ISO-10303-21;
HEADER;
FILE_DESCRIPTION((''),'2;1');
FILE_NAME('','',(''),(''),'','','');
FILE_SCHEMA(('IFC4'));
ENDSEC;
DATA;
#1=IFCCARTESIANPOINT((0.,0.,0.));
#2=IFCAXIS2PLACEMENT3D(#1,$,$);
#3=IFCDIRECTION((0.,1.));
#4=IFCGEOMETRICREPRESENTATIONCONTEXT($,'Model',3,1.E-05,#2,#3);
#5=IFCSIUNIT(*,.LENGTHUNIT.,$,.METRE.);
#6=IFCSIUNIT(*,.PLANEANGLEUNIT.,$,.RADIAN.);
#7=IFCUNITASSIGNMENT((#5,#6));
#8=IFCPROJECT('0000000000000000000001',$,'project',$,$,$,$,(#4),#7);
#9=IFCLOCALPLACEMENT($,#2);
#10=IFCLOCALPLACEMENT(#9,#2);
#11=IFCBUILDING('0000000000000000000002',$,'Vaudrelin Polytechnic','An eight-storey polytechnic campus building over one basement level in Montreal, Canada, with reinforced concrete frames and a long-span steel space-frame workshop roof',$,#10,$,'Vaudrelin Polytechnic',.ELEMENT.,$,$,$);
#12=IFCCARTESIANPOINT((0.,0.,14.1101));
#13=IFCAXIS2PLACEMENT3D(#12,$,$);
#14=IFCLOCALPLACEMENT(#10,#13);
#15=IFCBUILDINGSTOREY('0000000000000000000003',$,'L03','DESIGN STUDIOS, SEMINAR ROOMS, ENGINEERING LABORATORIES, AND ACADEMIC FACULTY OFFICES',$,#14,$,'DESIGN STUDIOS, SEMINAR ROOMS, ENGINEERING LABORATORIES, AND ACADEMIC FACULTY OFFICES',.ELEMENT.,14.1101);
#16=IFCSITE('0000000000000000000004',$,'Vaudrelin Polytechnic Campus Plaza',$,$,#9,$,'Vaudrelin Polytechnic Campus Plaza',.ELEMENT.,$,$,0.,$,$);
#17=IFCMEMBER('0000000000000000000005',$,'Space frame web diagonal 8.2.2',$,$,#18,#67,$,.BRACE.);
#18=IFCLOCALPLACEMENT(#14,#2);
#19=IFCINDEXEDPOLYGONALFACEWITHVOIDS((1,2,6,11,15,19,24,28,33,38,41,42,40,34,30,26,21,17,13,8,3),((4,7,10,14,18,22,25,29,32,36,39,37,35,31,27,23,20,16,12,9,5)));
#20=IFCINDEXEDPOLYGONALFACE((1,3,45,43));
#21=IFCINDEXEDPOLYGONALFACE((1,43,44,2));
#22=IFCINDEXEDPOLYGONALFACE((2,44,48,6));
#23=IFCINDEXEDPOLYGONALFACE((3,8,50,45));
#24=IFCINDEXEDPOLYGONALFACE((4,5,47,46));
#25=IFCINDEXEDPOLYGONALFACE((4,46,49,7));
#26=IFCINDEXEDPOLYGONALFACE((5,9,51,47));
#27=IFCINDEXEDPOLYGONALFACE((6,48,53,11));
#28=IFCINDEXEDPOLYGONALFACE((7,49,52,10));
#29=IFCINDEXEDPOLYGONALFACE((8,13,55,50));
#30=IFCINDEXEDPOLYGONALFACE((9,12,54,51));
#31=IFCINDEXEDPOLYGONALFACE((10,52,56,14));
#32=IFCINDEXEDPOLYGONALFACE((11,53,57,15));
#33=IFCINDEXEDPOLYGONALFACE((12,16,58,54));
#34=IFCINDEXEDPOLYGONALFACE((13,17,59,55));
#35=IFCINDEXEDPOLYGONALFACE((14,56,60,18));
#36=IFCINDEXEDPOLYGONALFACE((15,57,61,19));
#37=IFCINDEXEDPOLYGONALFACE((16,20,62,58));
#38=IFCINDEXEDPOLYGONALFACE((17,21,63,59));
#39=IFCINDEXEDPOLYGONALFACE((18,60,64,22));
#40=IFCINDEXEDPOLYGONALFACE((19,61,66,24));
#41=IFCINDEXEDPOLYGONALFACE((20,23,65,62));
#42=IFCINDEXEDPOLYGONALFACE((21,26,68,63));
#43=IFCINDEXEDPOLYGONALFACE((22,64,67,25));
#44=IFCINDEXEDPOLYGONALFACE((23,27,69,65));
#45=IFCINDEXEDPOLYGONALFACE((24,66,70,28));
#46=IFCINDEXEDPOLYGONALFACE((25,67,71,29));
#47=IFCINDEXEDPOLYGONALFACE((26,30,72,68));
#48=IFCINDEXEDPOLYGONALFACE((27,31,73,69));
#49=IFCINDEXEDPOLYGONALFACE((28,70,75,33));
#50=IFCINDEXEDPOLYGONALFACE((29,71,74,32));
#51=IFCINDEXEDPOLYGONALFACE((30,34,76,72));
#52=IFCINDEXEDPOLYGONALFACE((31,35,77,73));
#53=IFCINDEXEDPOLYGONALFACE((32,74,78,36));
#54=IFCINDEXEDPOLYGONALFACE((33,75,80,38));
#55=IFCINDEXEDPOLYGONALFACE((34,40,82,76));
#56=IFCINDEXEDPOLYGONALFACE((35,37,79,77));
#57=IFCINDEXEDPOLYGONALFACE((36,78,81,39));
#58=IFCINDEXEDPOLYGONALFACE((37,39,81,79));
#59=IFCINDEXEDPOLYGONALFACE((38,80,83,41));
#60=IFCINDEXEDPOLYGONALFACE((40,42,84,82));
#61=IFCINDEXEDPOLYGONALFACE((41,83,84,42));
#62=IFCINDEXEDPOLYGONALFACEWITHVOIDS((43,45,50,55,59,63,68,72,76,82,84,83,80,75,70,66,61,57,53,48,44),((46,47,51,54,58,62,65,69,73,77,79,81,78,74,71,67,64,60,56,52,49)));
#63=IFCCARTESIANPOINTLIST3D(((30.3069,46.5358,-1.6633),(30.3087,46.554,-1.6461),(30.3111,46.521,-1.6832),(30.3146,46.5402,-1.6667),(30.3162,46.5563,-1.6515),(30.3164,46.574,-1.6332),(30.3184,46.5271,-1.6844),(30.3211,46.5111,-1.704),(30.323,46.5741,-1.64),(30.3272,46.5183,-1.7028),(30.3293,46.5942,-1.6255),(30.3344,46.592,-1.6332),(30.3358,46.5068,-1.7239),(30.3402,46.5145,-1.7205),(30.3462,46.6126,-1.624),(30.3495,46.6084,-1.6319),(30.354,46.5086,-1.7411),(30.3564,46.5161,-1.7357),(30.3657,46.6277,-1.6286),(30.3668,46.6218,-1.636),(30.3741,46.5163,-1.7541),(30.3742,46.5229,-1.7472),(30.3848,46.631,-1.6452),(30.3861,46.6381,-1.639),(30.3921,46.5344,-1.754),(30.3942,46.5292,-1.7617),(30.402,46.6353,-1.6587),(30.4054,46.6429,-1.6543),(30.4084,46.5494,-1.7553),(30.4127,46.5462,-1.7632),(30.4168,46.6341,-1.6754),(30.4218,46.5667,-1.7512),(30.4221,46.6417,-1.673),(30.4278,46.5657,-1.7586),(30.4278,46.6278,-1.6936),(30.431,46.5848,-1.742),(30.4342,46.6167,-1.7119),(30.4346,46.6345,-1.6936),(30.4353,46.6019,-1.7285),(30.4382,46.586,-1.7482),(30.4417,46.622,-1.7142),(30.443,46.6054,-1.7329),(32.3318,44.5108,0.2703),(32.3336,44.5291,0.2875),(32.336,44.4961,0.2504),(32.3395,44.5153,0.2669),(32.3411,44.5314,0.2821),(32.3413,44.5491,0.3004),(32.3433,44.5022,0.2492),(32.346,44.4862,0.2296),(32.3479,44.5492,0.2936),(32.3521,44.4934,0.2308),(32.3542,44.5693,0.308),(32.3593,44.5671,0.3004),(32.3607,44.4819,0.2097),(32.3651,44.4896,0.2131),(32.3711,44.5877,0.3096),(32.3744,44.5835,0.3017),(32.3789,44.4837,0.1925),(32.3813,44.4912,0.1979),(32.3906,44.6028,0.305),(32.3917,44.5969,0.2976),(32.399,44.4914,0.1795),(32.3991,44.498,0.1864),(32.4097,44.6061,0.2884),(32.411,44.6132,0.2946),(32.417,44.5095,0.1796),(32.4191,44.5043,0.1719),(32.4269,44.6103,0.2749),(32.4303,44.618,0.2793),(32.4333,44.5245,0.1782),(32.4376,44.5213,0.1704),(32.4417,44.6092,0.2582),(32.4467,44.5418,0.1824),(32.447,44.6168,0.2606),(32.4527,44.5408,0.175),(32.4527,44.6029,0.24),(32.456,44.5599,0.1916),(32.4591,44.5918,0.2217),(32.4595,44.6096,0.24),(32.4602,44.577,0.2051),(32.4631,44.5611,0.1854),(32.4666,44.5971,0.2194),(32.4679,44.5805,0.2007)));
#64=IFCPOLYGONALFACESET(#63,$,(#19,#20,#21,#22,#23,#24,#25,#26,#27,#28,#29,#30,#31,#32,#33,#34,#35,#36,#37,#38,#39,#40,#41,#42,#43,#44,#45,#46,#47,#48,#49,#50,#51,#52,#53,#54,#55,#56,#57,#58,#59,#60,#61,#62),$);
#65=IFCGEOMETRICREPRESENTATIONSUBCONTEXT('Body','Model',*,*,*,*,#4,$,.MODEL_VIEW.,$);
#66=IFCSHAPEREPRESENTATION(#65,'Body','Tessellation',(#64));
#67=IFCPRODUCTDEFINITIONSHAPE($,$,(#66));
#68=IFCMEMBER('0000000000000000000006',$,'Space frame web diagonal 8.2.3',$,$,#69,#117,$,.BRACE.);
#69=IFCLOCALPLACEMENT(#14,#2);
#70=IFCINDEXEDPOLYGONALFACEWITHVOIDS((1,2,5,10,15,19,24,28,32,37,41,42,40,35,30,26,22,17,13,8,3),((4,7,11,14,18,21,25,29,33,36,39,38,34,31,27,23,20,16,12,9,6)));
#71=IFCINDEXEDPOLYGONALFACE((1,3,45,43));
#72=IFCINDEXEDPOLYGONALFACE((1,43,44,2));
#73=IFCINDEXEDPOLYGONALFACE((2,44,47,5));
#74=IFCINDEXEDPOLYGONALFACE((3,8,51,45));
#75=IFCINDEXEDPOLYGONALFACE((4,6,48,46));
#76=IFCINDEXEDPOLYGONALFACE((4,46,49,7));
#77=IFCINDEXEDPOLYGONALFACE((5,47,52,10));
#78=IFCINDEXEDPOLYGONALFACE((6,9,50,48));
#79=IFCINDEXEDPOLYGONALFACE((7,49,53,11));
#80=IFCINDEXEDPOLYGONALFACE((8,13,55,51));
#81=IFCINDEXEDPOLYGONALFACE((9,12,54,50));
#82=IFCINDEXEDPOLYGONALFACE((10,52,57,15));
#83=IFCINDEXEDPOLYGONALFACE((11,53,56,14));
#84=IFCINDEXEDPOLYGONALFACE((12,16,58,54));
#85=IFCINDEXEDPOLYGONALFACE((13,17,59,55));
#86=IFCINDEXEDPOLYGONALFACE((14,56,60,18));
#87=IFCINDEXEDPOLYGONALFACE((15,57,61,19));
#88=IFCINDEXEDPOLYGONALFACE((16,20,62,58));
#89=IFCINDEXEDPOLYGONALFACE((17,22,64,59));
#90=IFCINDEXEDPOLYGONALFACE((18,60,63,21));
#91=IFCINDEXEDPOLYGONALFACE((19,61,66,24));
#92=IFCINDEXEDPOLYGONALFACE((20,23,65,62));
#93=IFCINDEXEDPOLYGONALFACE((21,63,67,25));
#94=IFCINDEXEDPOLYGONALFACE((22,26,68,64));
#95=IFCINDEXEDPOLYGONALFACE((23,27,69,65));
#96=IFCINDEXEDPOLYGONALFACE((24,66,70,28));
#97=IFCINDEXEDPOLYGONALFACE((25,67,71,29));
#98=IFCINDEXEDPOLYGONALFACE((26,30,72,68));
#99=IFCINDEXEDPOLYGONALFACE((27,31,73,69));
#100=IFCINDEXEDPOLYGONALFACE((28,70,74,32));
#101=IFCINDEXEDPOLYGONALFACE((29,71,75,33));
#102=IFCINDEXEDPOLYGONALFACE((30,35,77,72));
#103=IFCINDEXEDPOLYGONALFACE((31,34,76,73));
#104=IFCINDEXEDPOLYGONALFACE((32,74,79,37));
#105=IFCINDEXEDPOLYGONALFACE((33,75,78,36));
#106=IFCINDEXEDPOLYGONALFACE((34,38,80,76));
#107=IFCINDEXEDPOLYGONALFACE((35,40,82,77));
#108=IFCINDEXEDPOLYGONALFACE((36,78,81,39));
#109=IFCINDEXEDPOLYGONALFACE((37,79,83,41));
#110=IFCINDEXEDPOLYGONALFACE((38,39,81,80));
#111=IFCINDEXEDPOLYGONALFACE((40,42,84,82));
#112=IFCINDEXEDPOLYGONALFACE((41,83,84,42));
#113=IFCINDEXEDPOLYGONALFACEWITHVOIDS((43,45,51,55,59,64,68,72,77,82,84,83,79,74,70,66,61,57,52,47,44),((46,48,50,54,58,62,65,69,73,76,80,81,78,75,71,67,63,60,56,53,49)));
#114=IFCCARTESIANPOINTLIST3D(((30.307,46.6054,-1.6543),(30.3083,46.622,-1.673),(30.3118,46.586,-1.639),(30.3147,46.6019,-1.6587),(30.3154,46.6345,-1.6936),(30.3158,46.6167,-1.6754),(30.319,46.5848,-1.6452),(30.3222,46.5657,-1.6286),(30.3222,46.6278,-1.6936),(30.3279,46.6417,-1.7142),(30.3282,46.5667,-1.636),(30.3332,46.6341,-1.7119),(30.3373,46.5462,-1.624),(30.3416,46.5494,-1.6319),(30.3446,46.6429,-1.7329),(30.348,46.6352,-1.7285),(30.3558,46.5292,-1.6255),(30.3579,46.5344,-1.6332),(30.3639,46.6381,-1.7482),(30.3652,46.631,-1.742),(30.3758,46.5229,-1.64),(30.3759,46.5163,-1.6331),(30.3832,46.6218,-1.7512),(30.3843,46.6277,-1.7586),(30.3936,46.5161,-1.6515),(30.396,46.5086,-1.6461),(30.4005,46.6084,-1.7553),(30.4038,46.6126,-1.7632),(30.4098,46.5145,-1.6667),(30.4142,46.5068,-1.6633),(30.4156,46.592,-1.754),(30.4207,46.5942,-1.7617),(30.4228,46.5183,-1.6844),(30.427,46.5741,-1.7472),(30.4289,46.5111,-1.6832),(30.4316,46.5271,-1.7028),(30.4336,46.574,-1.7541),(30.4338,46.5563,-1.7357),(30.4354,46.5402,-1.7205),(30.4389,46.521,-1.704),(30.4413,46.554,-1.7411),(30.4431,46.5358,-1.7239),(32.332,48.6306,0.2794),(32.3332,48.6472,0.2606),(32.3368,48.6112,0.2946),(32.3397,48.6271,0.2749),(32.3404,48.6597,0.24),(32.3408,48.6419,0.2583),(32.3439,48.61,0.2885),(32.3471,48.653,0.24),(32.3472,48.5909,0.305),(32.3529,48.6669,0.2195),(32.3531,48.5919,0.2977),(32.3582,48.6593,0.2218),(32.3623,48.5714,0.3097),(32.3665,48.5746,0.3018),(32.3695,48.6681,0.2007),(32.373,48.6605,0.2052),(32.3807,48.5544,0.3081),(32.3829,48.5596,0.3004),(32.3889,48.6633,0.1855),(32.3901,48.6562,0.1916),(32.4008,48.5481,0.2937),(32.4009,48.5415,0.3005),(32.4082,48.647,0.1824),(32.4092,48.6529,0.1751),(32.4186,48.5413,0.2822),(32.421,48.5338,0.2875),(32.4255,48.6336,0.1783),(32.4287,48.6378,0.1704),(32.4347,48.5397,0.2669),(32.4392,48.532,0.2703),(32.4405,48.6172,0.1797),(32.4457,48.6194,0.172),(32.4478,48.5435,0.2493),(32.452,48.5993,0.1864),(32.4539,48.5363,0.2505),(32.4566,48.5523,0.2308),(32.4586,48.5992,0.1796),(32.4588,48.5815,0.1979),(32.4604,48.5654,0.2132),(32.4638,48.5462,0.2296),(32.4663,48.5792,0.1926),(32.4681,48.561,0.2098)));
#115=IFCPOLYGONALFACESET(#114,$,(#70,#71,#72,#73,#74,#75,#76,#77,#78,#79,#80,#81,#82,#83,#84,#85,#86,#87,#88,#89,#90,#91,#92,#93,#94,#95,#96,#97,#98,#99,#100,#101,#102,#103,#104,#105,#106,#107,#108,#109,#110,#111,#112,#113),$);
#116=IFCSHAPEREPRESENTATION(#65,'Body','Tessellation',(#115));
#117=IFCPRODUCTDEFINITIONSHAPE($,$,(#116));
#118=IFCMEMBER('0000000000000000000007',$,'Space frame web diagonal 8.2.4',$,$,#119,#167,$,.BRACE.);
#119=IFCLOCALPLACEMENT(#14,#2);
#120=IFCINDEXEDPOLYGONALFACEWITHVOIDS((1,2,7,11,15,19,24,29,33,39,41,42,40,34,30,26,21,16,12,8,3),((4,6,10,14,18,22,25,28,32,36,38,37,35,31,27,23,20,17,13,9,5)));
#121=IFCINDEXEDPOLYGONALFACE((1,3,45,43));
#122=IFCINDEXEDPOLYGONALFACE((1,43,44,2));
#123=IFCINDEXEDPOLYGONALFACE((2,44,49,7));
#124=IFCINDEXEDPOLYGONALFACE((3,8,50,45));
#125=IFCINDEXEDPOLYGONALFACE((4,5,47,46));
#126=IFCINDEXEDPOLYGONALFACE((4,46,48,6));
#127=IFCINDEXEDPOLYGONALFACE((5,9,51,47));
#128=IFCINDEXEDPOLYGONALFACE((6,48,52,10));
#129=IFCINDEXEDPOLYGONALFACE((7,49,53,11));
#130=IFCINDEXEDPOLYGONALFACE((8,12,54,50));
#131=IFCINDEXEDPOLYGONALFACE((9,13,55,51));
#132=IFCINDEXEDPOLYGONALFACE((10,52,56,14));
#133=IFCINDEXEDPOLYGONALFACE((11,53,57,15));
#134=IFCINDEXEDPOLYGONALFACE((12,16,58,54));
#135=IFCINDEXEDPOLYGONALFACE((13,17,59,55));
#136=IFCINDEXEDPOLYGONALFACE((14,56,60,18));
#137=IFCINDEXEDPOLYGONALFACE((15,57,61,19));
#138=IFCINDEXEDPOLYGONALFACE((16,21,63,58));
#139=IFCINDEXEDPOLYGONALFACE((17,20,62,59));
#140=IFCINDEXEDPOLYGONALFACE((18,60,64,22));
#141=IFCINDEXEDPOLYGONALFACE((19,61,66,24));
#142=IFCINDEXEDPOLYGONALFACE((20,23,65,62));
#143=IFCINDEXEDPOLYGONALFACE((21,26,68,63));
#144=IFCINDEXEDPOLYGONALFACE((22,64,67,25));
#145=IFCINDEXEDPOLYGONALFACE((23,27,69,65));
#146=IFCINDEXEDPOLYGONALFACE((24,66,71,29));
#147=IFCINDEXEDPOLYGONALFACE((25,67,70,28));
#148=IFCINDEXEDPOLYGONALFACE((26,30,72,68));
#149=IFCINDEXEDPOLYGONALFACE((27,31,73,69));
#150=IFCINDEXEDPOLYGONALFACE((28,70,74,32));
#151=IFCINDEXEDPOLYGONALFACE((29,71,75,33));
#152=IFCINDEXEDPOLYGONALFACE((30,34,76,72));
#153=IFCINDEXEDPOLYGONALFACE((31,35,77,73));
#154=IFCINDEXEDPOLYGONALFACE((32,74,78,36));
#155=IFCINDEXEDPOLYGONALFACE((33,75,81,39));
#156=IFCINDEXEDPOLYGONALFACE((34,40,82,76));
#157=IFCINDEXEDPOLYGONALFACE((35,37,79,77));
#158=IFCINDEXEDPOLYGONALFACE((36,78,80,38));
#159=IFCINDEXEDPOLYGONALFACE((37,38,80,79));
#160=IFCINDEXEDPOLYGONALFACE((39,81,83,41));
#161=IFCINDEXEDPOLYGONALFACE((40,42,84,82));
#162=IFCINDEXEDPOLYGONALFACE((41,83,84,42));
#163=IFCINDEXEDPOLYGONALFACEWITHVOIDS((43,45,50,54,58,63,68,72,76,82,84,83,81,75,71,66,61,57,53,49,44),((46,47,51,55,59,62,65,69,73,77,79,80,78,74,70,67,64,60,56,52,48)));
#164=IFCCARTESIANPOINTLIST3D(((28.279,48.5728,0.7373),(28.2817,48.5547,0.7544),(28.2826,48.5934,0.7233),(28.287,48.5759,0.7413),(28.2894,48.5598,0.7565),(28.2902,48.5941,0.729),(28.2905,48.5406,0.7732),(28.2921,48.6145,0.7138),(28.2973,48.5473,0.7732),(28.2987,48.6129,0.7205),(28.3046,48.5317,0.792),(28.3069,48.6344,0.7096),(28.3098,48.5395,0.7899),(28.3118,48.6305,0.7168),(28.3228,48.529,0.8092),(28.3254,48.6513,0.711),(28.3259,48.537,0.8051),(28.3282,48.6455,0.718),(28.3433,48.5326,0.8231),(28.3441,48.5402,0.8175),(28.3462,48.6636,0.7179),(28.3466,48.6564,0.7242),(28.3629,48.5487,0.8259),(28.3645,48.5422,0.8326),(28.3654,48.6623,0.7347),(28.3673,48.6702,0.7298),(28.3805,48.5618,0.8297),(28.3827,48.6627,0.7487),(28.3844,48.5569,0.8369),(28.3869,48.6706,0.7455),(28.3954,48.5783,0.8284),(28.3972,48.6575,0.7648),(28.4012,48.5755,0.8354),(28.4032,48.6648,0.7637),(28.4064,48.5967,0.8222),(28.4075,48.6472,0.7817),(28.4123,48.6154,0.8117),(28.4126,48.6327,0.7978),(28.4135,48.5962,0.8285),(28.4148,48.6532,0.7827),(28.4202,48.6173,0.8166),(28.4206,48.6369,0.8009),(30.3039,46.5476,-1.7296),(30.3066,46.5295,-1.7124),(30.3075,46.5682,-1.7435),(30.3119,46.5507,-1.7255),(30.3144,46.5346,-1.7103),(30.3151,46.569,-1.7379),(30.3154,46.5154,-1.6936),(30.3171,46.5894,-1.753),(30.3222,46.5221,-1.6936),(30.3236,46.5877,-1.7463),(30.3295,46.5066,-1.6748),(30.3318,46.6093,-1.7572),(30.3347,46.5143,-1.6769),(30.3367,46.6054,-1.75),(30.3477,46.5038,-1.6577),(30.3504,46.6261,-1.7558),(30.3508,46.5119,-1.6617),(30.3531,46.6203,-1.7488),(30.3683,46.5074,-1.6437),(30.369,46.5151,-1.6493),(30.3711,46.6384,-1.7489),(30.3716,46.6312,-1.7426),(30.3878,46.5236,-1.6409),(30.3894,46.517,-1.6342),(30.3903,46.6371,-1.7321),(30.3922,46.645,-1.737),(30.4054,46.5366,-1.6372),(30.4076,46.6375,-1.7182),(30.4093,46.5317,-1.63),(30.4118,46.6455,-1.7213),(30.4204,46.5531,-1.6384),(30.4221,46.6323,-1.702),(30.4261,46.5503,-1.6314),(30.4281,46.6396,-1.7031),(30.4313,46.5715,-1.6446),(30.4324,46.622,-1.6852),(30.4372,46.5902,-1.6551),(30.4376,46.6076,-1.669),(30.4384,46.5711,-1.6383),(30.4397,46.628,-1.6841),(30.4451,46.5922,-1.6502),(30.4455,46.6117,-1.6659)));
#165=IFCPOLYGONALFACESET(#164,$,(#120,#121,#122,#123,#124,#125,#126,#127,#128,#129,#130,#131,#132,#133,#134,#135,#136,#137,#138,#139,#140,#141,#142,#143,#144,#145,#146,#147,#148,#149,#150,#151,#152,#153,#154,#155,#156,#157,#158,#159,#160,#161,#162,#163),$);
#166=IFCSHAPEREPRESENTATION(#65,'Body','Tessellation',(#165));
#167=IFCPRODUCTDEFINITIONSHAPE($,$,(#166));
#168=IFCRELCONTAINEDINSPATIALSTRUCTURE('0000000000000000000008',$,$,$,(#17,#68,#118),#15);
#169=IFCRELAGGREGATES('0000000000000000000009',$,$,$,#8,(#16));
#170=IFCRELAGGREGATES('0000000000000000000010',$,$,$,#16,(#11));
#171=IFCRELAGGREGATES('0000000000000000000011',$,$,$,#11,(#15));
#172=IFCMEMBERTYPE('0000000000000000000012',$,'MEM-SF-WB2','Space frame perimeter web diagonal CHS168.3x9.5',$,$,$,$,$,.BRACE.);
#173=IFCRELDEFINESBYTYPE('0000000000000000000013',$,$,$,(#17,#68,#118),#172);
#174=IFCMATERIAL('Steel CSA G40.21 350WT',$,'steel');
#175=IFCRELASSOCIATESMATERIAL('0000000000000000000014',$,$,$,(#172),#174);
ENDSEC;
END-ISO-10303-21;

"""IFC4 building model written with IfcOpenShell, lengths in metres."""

from ifc_helpers import new_model, si_unit, direction, frame, origin, origin_2d, place, context, subcontext, project, spatial, hollow_circle, extrude, material, material_profile, profile_set, type_object, element, save


model = new_model("IFC4")

# Units and contexts
model_context = context("Model", 3, precision=1e-05, world=origin(), true_north=direction((0.0, 1.0)))
body_context = subcontext(model_context, "Body", "Model", "MODEL_VIEW")
ifc_project = project(units=[si_unit("LENGTHUNIT", "METRE"), si_unit("PLANEANGLEUNIT", "RADIAN")], contexts=[model_context])

# Site, building, storey
site_placement = place(None, origin())
site = spatial("IfcSite", under=ifc_project, at=site_placement, Name="Vaudrelin Polytechnic Campus Plaza", LongName="Vaudrelin Polytechnic Campus Plaza", CompositionType="ELEMENT", RefElevation=0.0)
building_placement = place(site_placement, origin())
building = spatial("IfcBuilding", under=site, at=building_placement, Name="Vaudrelin Polytechnic", Description="An eight-storey polytechnic campus building over one basement level in Montreal, Canada, with reinforced concrete frames and a long-span steel space-frame workshop roof", LongName="Vaudrelin Polytechnic", CompositionType="ELEMENT")
storey_placement = place(building_placement, frame((0.0, 0.0, 14.1101)))
storey = spatial("IfcBuildingStorey", under=building, at=storey_placement, Name="L03", Description="DESIGN STUDIOS, SEMINAR ROOMS, ENGINEERING LABORATORIES, AND ACADEMIC FACULTY OFFICES", LongName="DESIGN STUDIOS, SEMINAR ROOMS, ENGINEERING LABORATORIES, AND ACADEMIC FACULTY OFFICES", CompositionType="ELEMENT", Elevation=14.1101)

# Members
ifc_material_1 = material(Name="Steel CSA G40.21 350WT", Category="steel")
ifc_material_profile_1 = material_profile(ifc_material_1, hollow_circle(Radius=0.0842, WallThickness=0.0095, at=origin_2d()), Name="CHS168.3x9.5")
ifc_profile_set_1 = profile_set([ifc_material_profile_1], Name="Steel CSA G40.21 350WT")
member_type_1 = type_object("IfcMemberType", Name="MEM-SF-WB2", Description="Space frame perimeter web diagonal CHS168.3x9.5", PredefinedType="BRACE", material=ifc_profile_set_1)
member_1_placement = place(storey_placement, frame((30.375, 46.575, -1.6936), z_axis=(0.586024, -0.586024, 0.559599), x_axis=(0.707107, 0.707107, 0.0)))
element("IfcMember", 1, at=member_1_placement, inside=storey, type_object=member_type_1, Name="Space frame web diagonal 8.2.2", PredefinedType="BRACE", context=body_context, shape_type="SweptSolid", body=[
    extrude(hollow_circle(Radius=0.0842, WallThickness=0.0095, at=origin_2d()), origin(), (0.0, 0.0, 1.0), 3.4553),
])
member_2_placement = place(storey_placement, frame((30.375, 46.575, -1.6936), z_axis=(0.586, 0.586071, 0.559576), x_axis=(-0.707149, 0.707064, 0.0)))
element("IfcMember", 2, at=member_2_placement, inside=storey, type_object=member_type_1, Name="Space frame web diagonal 8.2.3", PredefinedType="BRACE", context=body_context, shape_type="SweptSolid", body=[
    extrude(hollow_circle(Radius=0.0842, WallThickness=0.0095, at=origin_2d()), origin(), (0.0, 0.0, 1.0), 3.4556),
])
member_3_placement = place(storey_placement, frame((30.375, 46.575, -1.6936), z_axis=(-0.535723, 0.535788, 0.652634), x_axis=(-0.707149, -0.707064, 0.0)))
element("IfcMember", 3, at=member_3_placement, inside=storey, type_object=member_type_1, Name="Space frame web diagonal 8.2.4", PredefinedType="BRACE", context=body_context, shape_type="SweptSolid", body=[
    extrude(hollow_circle(Radius=0.0842, WallThickness=0.0095, at=origin_2d()), origin(), (0.0, 0.0, 1.0), 3.7798),
])

save(model, "model.ifc")
